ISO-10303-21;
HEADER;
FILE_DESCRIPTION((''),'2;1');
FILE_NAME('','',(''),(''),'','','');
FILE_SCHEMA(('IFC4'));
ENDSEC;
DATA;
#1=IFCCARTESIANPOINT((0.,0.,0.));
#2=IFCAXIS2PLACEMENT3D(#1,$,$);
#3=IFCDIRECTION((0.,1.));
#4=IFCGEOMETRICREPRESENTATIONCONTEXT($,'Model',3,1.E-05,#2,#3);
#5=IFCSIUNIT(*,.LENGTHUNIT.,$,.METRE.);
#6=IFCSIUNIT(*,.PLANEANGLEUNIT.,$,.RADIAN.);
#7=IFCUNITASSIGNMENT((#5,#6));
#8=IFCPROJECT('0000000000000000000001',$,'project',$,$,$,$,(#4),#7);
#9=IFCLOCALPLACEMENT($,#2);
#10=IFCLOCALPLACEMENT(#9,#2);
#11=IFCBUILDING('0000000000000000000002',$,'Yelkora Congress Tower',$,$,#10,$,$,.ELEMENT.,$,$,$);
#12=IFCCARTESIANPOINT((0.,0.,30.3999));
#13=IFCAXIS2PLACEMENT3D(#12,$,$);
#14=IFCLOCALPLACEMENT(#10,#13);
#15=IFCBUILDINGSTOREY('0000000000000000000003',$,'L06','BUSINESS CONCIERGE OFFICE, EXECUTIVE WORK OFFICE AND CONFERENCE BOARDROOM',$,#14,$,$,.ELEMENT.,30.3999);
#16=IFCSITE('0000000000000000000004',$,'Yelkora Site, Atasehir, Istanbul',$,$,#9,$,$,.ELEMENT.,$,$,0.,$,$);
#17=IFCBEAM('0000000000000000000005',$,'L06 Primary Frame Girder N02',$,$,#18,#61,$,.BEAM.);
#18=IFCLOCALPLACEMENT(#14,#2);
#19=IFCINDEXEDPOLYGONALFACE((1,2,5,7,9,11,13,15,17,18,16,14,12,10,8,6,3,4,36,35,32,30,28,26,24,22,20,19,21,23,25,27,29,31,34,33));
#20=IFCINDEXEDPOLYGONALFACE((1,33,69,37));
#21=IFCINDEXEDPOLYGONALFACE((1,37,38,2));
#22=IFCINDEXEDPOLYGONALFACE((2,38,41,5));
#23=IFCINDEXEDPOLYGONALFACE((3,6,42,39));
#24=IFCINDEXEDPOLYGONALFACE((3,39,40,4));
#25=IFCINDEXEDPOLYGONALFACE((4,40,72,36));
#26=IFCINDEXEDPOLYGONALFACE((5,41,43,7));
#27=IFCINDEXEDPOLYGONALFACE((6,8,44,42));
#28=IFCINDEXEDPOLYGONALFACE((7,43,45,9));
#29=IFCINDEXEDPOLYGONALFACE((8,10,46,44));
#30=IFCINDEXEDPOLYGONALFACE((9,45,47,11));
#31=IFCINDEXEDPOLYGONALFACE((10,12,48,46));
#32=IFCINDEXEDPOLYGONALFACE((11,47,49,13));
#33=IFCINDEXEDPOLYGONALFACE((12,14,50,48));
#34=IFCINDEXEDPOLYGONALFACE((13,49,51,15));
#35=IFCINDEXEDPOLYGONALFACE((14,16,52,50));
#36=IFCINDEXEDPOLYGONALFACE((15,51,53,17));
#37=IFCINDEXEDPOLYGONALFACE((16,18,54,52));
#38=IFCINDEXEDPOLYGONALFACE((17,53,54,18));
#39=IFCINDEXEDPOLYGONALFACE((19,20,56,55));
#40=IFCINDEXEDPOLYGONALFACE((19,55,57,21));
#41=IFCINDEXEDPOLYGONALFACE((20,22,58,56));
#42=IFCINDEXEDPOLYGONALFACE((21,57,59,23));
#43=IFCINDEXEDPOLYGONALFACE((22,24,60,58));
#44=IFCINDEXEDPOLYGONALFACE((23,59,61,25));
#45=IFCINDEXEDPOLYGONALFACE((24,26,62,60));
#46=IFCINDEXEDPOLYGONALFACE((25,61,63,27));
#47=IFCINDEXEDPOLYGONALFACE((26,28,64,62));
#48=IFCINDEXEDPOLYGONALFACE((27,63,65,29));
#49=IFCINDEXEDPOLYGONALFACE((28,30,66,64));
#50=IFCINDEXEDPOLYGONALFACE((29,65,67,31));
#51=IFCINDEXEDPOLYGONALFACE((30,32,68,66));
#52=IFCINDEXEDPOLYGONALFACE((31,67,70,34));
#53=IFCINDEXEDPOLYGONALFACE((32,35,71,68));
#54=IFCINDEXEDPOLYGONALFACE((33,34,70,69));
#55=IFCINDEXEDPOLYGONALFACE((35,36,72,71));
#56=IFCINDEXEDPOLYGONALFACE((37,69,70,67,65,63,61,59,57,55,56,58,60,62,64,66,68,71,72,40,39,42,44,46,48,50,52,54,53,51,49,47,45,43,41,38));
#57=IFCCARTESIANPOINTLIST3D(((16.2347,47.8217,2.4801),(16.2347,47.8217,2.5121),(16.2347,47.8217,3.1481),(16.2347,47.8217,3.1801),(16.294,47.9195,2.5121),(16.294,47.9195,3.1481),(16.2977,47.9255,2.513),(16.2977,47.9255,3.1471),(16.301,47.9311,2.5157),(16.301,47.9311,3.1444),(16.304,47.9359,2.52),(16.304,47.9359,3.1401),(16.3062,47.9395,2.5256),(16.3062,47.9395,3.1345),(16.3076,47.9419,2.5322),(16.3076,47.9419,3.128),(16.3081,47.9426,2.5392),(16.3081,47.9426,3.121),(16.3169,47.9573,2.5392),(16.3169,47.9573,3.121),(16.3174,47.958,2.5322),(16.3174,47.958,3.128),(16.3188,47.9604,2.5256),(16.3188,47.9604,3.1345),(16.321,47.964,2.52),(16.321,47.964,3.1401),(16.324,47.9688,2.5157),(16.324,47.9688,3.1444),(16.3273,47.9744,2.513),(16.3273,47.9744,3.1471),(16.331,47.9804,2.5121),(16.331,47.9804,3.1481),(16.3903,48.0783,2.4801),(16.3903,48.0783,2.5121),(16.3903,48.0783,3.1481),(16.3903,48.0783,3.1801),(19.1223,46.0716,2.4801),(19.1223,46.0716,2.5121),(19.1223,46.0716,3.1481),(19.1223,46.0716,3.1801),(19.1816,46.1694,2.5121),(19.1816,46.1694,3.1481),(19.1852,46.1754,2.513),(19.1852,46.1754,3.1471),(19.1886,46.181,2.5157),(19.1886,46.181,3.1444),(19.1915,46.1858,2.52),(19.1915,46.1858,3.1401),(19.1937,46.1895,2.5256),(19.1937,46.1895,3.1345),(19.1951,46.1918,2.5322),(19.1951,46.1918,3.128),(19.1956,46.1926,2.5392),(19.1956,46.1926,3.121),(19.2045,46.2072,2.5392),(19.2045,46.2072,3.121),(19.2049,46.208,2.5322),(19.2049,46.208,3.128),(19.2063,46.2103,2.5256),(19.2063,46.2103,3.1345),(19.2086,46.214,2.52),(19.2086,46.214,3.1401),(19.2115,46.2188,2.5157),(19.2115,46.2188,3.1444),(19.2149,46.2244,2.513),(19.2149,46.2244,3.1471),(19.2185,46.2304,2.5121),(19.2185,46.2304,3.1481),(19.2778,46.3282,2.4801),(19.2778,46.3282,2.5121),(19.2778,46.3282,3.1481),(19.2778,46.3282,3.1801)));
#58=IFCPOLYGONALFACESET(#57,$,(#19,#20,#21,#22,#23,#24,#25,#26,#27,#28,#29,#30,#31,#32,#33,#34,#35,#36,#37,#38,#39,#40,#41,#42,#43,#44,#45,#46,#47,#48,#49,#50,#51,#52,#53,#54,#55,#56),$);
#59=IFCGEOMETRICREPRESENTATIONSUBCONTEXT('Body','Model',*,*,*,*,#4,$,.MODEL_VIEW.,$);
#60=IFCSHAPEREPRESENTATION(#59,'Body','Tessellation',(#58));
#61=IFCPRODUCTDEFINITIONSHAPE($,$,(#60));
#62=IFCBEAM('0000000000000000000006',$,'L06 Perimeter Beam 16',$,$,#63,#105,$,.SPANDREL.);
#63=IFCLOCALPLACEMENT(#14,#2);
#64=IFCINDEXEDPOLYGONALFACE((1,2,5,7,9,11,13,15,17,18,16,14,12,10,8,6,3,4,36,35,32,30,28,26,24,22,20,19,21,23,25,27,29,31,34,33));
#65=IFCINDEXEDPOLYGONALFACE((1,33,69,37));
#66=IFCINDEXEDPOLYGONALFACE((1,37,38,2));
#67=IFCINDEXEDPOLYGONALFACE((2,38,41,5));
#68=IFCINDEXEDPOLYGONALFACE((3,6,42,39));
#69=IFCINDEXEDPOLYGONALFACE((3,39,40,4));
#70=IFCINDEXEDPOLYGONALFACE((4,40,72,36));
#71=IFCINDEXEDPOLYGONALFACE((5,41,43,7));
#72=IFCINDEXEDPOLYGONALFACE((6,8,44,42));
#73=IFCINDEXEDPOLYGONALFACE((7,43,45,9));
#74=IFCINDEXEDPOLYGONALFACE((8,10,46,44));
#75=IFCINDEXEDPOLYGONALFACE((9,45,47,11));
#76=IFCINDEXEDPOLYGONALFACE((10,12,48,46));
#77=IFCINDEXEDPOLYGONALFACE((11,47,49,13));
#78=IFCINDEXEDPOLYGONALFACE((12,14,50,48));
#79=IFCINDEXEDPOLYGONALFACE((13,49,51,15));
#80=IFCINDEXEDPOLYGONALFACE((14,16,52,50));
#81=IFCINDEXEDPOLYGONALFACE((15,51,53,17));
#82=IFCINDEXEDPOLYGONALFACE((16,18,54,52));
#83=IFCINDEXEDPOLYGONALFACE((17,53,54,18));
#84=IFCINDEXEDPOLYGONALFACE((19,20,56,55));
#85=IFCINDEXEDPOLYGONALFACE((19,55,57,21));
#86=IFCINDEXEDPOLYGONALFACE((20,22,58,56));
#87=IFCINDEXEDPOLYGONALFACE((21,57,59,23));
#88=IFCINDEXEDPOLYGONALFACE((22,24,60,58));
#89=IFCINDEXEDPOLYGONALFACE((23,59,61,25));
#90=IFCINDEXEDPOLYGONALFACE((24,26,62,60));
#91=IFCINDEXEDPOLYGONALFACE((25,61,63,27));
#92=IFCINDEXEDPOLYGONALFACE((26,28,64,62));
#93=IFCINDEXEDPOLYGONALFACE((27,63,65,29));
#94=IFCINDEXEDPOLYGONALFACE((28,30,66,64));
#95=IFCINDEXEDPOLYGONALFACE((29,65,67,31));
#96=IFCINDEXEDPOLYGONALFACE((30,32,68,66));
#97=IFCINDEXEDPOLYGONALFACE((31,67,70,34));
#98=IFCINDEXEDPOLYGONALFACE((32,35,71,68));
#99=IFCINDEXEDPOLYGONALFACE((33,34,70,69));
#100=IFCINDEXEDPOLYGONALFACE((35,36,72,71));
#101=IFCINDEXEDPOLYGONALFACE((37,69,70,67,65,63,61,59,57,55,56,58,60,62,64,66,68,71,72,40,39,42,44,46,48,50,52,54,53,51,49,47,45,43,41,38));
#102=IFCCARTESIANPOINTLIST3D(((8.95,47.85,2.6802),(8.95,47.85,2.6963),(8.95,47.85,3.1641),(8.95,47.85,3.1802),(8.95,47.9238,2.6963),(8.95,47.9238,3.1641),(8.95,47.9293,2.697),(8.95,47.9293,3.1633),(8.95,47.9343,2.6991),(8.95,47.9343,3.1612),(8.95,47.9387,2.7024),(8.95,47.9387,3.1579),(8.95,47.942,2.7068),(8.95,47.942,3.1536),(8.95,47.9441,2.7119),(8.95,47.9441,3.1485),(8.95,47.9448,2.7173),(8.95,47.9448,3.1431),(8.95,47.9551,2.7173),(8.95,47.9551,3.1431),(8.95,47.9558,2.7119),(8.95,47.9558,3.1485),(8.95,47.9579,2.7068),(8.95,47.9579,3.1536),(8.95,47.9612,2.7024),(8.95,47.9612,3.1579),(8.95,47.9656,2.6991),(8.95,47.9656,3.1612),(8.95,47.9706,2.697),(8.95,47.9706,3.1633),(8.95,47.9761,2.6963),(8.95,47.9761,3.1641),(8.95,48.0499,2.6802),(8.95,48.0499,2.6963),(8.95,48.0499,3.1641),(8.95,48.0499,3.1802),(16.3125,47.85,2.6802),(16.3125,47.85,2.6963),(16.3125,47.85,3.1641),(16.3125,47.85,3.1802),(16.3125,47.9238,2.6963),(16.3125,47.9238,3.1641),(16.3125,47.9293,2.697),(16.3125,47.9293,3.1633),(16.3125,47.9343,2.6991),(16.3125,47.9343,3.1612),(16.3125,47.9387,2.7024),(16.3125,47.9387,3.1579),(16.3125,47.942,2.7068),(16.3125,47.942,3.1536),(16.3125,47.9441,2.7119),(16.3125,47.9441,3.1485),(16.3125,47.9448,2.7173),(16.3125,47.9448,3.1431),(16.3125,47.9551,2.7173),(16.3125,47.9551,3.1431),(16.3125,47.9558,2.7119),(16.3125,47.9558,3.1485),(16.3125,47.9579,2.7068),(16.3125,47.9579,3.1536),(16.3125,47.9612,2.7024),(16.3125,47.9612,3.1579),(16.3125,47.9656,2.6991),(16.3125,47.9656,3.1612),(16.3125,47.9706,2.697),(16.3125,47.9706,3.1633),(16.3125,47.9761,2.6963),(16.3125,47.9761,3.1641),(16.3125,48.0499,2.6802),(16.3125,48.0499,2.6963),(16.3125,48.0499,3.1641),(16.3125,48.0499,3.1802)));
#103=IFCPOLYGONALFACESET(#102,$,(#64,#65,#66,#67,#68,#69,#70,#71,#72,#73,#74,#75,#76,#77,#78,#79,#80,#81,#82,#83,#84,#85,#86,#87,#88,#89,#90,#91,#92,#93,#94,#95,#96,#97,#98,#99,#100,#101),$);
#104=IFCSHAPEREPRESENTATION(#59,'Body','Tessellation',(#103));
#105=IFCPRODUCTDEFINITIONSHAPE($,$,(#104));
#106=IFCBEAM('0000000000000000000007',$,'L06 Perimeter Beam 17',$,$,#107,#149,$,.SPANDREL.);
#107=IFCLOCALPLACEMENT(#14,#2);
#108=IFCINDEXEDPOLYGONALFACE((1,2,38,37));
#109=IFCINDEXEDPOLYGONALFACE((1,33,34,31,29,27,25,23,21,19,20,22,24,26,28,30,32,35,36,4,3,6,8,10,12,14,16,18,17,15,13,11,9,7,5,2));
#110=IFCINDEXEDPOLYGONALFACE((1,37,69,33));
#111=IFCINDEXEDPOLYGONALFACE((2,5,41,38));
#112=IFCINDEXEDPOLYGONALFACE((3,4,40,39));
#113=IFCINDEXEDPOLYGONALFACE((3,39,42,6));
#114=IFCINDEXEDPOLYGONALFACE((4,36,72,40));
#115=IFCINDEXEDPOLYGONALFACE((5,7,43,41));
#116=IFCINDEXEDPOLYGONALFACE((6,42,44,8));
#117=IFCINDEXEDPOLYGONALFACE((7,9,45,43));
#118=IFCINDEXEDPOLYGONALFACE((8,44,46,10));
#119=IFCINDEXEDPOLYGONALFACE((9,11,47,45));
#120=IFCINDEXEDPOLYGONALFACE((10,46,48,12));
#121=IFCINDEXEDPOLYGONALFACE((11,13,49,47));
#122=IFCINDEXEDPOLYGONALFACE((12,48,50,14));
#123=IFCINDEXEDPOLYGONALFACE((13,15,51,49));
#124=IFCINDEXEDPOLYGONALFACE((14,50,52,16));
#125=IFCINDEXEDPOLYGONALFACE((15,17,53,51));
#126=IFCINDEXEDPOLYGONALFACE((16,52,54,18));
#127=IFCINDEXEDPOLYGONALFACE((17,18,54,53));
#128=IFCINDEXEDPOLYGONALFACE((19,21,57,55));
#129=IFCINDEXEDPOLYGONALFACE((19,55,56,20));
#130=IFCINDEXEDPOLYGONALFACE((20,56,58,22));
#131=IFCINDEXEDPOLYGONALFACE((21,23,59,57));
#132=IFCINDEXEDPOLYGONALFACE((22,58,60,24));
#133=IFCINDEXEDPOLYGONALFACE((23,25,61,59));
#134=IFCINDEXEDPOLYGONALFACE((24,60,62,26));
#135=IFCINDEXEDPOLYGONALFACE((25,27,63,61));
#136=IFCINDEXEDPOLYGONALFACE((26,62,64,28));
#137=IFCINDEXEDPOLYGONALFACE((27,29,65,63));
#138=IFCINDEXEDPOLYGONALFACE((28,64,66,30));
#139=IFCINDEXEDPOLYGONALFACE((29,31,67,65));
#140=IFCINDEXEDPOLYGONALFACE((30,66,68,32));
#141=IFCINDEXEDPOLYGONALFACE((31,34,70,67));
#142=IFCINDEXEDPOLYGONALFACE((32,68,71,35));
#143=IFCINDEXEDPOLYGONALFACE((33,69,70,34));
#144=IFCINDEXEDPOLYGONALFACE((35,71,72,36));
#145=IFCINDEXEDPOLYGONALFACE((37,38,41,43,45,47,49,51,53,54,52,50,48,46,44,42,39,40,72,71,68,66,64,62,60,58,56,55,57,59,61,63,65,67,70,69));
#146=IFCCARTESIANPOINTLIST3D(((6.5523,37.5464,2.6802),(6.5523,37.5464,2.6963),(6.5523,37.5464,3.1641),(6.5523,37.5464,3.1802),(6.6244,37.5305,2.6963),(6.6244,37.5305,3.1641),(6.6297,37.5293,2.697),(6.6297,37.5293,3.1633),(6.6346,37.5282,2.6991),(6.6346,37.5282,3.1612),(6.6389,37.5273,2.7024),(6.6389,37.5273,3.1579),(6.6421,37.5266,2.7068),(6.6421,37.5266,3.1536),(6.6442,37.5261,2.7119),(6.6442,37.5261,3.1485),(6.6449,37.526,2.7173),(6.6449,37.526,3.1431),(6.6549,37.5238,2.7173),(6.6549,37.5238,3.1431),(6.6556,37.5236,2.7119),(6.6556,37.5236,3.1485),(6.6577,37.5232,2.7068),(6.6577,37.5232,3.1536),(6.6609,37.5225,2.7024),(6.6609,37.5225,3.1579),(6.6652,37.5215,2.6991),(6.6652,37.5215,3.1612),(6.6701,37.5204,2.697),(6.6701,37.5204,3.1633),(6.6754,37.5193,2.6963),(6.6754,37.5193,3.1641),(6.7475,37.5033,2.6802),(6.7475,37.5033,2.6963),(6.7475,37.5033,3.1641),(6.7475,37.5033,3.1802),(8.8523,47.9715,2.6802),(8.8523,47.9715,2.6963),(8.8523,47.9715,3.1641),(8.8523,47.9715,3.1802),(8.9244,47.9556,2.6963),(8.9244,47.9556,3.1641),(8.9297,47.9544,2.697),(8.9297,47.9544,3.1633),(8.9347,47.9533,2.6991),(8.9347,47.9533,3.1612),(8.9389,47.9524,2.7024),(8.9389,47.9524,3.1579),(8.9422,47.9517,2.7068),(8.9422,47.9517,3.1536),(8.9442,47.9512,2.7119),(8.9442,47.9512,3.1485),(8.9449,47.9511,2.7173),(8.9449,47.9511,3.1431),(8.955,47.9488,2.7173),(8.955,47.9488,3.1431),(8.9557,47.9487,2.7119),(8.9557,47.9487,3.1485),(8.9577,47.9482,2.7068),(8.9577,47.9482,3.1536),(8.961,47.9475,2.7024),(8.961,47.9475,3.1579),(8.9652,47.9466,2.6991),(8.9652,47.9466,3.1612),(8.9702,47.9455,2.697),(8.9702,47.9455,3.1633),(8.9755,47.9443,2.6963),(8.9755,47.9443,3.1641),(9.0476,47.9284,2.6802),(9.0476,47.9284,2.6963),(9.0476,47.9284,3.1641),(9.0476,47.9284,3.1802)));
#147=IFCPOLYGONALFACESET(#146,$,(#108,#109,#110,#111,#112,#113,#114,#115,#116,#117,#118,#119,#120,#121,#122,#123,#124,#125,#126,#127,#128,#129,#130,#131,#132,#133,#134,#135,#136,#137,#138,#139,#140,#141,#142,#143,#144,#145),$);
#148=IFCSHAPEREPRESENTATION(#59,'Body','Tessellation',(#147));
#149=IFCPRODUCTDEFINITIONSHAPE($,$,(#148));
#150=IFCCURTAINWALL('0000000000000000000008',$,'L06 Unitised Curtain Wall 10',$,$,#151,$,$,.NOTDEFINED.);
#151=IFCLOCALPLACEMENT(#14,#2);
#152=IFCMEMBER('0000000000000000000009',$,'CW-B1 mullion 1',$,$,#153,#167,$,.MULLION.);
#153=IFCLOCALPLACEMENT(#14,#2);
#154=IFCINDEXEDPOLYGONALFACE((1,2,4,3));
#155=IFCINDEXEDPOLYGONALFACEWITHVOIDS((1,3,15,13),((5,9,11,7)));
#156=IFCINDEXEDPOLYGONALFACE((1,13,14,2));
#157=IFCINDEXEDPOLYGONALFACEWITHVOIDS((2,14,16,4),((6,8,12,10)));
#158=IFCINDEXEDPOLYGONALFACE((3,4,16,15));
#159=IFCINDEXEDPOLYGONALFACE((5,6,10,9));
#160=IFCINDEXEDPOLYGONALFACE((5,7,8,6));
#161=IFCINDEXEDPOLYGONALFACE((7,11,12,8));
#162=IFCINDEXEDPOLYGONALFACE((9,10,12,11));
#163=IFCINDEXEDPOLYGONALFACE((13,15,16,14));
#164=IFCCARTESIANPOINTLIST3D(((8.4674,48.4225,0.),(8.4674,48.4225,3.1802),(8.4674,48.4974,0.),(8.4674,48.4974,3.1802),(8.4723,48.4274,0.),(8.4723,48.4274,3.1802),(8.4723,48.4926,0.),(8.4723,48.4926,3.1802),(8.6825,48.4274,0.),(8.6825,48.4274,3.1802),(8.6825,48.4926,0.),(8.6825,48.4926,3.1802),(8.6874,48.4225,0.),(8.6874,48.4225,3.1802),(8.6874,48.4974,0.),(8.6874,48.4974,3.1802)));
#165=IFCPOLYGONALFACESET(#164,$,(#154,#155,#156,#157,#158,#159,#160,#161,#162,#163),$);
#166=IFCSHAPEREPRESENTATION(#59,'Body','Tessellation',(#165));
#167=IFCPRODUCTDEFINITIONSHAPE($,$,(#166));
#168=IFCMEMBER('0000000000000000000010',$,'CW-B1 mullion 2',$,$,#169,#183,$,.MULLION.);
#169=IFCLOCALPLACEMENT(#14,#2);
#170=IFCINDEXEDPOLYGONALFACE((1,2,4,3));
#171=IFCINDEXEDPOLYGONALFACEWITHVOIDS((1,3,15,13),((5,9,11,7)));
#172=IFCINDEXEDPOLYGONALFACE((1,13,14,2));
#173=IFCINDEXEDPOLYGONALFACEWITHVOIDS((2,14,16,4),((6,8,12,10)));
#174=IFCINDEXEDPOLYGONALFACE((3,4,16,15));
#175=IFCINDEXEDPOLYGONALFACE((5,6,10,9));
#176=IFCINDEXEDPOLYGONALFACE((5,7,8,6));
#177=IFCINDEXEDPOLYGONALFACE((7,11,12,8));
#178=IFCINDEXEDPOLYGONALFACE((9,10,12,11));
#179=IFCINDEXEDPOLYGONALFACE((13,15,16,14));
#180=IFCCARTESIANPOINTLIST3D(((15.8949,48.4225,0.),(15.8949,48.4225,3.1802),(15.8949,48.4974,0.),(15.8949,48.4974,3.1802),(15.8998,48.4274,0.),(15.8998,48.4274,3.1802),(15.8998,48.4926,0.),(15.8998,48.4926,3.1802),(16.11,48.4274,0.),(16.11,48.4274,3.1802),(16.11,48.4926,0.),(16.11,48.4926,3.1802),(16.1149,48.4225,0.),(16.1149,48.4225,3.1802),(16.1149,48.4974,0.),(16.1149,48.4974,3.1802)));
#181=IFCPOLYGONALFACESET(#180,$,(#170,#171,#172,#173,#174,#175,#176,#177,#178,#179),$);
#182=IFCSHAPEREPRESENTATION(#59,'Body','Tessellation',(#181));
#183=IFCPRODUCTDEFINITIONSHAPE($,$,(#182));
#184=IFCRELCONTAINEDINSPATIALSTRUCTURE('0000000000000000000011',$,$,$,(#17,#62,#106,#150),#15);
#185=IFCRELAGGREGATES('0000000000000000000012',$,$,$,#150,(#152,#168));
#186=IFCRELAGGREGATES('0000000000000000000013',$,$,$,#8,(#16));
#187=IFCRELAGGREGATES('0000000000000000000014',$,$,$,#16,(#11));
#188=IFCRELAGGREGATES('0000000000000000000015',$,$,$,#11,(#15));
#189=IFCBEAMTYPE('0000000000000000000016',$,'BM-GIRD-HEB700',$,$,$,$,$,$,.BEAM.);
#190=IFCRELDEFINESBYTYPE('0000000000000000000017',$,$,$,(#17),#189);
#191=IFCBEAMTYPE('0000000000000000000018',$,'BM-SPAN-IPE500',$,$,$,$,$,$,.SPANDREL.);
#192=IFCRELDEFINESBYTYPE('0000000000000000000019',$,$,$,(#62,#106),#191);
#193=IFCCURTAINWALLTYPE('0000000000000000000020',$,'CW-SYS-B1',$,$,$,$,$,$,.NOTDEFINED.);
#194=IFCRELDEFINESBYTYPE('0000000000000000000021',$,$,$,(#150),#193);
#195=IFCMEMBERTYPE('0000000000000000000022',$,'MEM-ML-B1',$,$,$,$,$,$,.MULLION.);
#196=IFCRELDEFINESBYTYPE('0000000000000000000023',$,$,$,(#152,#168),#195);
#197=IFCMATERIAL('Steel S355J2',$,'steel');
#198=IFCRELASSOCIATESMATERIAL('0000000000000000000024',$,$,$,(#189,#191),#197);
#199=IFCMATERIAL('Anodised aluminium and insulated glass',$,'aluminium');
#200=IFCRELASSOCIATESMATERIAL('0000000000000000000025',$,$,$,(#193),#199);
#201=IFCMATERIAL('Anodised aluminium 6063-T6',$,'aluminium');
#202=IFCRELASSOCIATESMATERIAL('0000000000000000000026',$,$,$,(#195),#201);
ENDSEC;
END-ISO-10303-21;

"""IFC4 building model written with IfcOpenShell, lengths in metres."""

from ifc_helpers import new_model, si_unit, direction, frame, origin, origin_2d, place, context, subcontext, project, spatial, hollow_rectangle, i_section, extrude, material, material_profile, profile_set, type_object, element, aggregate, save


model = new_model("IFC4")

# Units and contexts
model_context = context("Model", 3, precision=1e-05, world=origin(), true_north=direction((0.0, 1.0)))
body_context = subcontext(model_context, "Body", "Model", "MODEL_VIEW")
ifc_project = project(units=[si_unit("LENGTHUNIT", "METRE"), si_unit("PLANEANGLEUNIT", "RADIAN")], contexts=[model_context])

# Site, building, storey
site_placement = place(None, origin())
site = spatial("IfcSite", under=ifc_project, at=site_placement, Name="Yelkora Site, Atasehir, Istanbul", CompositionType="ELEMENT", RefElevation=0.0)
building_placement = place(site_placement, origin())
building = spatial("IfcBuilding", under=site, at=building_placement, Name="Yelkora Congress Tower", CompositionType="ELEMENT")
storey_placement = place(building_placement, frame((0.0, 0.0, 30.3999)))
storey = spatial("IfcBuildingStorey", under=building, at=storey_placement, Name="L06", Description="BUSINESS CONCIERGE OFFICE, EXECUTIVE WORK OFFICE AND CONFERENCE BOARDROOM", CompositionType="ELEMENT", Elevation=30.3999)

# Beams
ifc_material_1 = material(Name="Steel S355J2", Category="steel")
ifc_material_profile_1 = material_profile(ifc_material_1, i_section(OverallWidth=0.3, OverallDepth=0.7, WebThickness=0.0171, FlangeThickness=0.032, FilletRadius=0.0271, at=origin_2d()), Name="HEB 700")
ifc_profile_set_1 = profile_set([ifc_material_profile_1], Name="Steel S355J2")
beam_type_1 = type_object("IfcBeamType", Name="BM-GIRD-HEB700", PredefinedType="BEAM", material=ifc_profile_set_1)
beam_1_placement = place(storey_placement, frame((16.3125, 47.95, 2.8301), z_axis=(0.855194, -0.518308, 0.0), x_axis=(0.518308, 0.855194, 0.0)))
element("IfcBeam", 1, at=beam_1_placement, inside=storey, type_object=beam_type_1, Name="L06 Primary Frame Girder N02", PredefinedType="BEAM", context=body_context, shape_type="SweptSolid", body=[
    extrude(i_section(OverallWidth=0.3, OverallDepth=0.7, WebThickness=0.0171, FlangeThickness=0.032, FilletRadius=0.0271, at=origin_2d()), origin(), (0.0, 0.0, 1.0), 3.3765),
])
ifc_material_profile_2 = material_profile(ifc_material_1, i_section(OverallWidth=0.2, OverallDepth=0.5, WebThickness=0.0103, FlangeThickness=0.0161, FilletRadius=0.021, at=origin_2d()), Name="IPE 500")
ifc_profile_set_2 = profile_set([ifc_material_profile_2], Name="Steel S355J2")
beam_type_2 = type_object("IfcBeamType", Name="BM-SPAN-IPE500", PredefinedType="SPANDREL", material=ifc_profile_set_2)
beam_2_placement = place(storey_placement, frame((16.3125, 47.95, 2.9302), z_axis=(-1.0, 0.0, 0.0), x_axis=(0.0, -1.0, 0.0)))
element("IfcBeam", 2, at=beam_2_placement, inside=storey, type_object=beam_type_2, Name="L06 Perimeter Beam 16", PredefinedType="SPANDREL", context=body_context, shape_type="SweptSolid", body=[
    extrude(i_section(OverallWidth=0.2, OverallDepth=0.5, WebThickness=0.0103, FlangeThickness=0.0161, FilletRadius=0.021, at=origin_2d()), origin(), (0.0, 0.0, 1.0), 7.3625),
])
beam_3_placement = place(storey_placement, frame((8.95, 47.95, 2.9302), z_axis=(-0.215446, -0.976516, 0.0), x_axis=(0.976516, -0.215446, 0.0)))
element("IfcBeam", 3, at=beam_3_placement, inside=storey, type_object=beam_type_2, Name="L06 Perimeter Beam 17", PredefinedType="SPANDREL", context=body_context, shape_type="SweptSolid", body=[
    extrude(i_section(OverallWidth=0.2, OverallDepth=0.5, WebThickness=0.0103, FlangeThickness=0.0161, FilletRadius=0.021, at=origin_2d()), origin(), (0.0, 0.0, 1.0), 10.6758),
])

# Curtain wall, members
ifc_material_2 = material(Name="Anodised aluminium and insulated glass", Category="aluminium")
curtain_wall_type = type_object("IfcCurtainWallType", Name="CW-SYS-B1", PredefinedType="NOTDEFINED", material=ifc_material_2)
curtain_wall_placement = place(storey_placement, origin())
curtain_wall = element("IfcCurtainWall", 4, at=curtain_wall_placement, inside=storey, type_object=curtain_wall_type, Name="L06 Unitised Curtain Wall 10", PredefinedType="NOTDEFINED")
ifc_material_3 = material(Name="Anodised aluminium 6063-T6", Category="aluminium")
ifc_material_profile_3 = material_profile(ifc_material_3, hollow_rectangle(XDim=0.075, YDim=0.22, WallThickness=0.0049, at=origin_2d()), Name="ALU 75x220x5")
ifc_profile_set_3 = profile_set([ifc_material_profile_3], Name="Anodised aluminium 6063-T6")
member_type_1 = type_object("IfcMemberType", Name="MEM-ML-B1", PredefinedType="MULLION", material=ifc_profile_set_3)
member_1_placement = place(storey_placement, frame((8.5774, 48.46, 0.0), z_axis=(0.0, 0.0, 1.0), x_axis=(0.0, 1.0, 0.0)))
member_1 = element("IfcMember", 5, at=member_1_placement, type_object=member_type_1, Name="CW-B1 mullion 1", PredefinedType="MULLION", context=body_context, shape_type="SweptSolid", body=[
    extrude(hollow_rectangle(XDim=0.075, YDim=0.22, WallThickness=0.0049, at=origin_2d()), origin(), (0.0, 0.0, 1.0), 3.1802),
])
member_2_placement = place(storey_placement, frame((16.0049, 48.46, 0.0), z_axis=(0.0, 0.0, 1.0), x_axis=(0.0, 1.0, 0.0)))
member_2 = element("IfcMember", 6, at=member_2_placement, type_object=member_type_1, Name="CW-B1 mullion 2", PredefinedType="MULLION", context=body_context, shape_type="SweptSolid", body=[
    extrude(hollow_rectangle(XDim=0.075, YDim=0.22, WallThickness=0.0049, at=origin_2d()), origin(), (0.0, 0.0, 1.0), 3.1802),
])
aggregate(curtain_wall, [member_1, member_2])

save(model, "model.ifc")
